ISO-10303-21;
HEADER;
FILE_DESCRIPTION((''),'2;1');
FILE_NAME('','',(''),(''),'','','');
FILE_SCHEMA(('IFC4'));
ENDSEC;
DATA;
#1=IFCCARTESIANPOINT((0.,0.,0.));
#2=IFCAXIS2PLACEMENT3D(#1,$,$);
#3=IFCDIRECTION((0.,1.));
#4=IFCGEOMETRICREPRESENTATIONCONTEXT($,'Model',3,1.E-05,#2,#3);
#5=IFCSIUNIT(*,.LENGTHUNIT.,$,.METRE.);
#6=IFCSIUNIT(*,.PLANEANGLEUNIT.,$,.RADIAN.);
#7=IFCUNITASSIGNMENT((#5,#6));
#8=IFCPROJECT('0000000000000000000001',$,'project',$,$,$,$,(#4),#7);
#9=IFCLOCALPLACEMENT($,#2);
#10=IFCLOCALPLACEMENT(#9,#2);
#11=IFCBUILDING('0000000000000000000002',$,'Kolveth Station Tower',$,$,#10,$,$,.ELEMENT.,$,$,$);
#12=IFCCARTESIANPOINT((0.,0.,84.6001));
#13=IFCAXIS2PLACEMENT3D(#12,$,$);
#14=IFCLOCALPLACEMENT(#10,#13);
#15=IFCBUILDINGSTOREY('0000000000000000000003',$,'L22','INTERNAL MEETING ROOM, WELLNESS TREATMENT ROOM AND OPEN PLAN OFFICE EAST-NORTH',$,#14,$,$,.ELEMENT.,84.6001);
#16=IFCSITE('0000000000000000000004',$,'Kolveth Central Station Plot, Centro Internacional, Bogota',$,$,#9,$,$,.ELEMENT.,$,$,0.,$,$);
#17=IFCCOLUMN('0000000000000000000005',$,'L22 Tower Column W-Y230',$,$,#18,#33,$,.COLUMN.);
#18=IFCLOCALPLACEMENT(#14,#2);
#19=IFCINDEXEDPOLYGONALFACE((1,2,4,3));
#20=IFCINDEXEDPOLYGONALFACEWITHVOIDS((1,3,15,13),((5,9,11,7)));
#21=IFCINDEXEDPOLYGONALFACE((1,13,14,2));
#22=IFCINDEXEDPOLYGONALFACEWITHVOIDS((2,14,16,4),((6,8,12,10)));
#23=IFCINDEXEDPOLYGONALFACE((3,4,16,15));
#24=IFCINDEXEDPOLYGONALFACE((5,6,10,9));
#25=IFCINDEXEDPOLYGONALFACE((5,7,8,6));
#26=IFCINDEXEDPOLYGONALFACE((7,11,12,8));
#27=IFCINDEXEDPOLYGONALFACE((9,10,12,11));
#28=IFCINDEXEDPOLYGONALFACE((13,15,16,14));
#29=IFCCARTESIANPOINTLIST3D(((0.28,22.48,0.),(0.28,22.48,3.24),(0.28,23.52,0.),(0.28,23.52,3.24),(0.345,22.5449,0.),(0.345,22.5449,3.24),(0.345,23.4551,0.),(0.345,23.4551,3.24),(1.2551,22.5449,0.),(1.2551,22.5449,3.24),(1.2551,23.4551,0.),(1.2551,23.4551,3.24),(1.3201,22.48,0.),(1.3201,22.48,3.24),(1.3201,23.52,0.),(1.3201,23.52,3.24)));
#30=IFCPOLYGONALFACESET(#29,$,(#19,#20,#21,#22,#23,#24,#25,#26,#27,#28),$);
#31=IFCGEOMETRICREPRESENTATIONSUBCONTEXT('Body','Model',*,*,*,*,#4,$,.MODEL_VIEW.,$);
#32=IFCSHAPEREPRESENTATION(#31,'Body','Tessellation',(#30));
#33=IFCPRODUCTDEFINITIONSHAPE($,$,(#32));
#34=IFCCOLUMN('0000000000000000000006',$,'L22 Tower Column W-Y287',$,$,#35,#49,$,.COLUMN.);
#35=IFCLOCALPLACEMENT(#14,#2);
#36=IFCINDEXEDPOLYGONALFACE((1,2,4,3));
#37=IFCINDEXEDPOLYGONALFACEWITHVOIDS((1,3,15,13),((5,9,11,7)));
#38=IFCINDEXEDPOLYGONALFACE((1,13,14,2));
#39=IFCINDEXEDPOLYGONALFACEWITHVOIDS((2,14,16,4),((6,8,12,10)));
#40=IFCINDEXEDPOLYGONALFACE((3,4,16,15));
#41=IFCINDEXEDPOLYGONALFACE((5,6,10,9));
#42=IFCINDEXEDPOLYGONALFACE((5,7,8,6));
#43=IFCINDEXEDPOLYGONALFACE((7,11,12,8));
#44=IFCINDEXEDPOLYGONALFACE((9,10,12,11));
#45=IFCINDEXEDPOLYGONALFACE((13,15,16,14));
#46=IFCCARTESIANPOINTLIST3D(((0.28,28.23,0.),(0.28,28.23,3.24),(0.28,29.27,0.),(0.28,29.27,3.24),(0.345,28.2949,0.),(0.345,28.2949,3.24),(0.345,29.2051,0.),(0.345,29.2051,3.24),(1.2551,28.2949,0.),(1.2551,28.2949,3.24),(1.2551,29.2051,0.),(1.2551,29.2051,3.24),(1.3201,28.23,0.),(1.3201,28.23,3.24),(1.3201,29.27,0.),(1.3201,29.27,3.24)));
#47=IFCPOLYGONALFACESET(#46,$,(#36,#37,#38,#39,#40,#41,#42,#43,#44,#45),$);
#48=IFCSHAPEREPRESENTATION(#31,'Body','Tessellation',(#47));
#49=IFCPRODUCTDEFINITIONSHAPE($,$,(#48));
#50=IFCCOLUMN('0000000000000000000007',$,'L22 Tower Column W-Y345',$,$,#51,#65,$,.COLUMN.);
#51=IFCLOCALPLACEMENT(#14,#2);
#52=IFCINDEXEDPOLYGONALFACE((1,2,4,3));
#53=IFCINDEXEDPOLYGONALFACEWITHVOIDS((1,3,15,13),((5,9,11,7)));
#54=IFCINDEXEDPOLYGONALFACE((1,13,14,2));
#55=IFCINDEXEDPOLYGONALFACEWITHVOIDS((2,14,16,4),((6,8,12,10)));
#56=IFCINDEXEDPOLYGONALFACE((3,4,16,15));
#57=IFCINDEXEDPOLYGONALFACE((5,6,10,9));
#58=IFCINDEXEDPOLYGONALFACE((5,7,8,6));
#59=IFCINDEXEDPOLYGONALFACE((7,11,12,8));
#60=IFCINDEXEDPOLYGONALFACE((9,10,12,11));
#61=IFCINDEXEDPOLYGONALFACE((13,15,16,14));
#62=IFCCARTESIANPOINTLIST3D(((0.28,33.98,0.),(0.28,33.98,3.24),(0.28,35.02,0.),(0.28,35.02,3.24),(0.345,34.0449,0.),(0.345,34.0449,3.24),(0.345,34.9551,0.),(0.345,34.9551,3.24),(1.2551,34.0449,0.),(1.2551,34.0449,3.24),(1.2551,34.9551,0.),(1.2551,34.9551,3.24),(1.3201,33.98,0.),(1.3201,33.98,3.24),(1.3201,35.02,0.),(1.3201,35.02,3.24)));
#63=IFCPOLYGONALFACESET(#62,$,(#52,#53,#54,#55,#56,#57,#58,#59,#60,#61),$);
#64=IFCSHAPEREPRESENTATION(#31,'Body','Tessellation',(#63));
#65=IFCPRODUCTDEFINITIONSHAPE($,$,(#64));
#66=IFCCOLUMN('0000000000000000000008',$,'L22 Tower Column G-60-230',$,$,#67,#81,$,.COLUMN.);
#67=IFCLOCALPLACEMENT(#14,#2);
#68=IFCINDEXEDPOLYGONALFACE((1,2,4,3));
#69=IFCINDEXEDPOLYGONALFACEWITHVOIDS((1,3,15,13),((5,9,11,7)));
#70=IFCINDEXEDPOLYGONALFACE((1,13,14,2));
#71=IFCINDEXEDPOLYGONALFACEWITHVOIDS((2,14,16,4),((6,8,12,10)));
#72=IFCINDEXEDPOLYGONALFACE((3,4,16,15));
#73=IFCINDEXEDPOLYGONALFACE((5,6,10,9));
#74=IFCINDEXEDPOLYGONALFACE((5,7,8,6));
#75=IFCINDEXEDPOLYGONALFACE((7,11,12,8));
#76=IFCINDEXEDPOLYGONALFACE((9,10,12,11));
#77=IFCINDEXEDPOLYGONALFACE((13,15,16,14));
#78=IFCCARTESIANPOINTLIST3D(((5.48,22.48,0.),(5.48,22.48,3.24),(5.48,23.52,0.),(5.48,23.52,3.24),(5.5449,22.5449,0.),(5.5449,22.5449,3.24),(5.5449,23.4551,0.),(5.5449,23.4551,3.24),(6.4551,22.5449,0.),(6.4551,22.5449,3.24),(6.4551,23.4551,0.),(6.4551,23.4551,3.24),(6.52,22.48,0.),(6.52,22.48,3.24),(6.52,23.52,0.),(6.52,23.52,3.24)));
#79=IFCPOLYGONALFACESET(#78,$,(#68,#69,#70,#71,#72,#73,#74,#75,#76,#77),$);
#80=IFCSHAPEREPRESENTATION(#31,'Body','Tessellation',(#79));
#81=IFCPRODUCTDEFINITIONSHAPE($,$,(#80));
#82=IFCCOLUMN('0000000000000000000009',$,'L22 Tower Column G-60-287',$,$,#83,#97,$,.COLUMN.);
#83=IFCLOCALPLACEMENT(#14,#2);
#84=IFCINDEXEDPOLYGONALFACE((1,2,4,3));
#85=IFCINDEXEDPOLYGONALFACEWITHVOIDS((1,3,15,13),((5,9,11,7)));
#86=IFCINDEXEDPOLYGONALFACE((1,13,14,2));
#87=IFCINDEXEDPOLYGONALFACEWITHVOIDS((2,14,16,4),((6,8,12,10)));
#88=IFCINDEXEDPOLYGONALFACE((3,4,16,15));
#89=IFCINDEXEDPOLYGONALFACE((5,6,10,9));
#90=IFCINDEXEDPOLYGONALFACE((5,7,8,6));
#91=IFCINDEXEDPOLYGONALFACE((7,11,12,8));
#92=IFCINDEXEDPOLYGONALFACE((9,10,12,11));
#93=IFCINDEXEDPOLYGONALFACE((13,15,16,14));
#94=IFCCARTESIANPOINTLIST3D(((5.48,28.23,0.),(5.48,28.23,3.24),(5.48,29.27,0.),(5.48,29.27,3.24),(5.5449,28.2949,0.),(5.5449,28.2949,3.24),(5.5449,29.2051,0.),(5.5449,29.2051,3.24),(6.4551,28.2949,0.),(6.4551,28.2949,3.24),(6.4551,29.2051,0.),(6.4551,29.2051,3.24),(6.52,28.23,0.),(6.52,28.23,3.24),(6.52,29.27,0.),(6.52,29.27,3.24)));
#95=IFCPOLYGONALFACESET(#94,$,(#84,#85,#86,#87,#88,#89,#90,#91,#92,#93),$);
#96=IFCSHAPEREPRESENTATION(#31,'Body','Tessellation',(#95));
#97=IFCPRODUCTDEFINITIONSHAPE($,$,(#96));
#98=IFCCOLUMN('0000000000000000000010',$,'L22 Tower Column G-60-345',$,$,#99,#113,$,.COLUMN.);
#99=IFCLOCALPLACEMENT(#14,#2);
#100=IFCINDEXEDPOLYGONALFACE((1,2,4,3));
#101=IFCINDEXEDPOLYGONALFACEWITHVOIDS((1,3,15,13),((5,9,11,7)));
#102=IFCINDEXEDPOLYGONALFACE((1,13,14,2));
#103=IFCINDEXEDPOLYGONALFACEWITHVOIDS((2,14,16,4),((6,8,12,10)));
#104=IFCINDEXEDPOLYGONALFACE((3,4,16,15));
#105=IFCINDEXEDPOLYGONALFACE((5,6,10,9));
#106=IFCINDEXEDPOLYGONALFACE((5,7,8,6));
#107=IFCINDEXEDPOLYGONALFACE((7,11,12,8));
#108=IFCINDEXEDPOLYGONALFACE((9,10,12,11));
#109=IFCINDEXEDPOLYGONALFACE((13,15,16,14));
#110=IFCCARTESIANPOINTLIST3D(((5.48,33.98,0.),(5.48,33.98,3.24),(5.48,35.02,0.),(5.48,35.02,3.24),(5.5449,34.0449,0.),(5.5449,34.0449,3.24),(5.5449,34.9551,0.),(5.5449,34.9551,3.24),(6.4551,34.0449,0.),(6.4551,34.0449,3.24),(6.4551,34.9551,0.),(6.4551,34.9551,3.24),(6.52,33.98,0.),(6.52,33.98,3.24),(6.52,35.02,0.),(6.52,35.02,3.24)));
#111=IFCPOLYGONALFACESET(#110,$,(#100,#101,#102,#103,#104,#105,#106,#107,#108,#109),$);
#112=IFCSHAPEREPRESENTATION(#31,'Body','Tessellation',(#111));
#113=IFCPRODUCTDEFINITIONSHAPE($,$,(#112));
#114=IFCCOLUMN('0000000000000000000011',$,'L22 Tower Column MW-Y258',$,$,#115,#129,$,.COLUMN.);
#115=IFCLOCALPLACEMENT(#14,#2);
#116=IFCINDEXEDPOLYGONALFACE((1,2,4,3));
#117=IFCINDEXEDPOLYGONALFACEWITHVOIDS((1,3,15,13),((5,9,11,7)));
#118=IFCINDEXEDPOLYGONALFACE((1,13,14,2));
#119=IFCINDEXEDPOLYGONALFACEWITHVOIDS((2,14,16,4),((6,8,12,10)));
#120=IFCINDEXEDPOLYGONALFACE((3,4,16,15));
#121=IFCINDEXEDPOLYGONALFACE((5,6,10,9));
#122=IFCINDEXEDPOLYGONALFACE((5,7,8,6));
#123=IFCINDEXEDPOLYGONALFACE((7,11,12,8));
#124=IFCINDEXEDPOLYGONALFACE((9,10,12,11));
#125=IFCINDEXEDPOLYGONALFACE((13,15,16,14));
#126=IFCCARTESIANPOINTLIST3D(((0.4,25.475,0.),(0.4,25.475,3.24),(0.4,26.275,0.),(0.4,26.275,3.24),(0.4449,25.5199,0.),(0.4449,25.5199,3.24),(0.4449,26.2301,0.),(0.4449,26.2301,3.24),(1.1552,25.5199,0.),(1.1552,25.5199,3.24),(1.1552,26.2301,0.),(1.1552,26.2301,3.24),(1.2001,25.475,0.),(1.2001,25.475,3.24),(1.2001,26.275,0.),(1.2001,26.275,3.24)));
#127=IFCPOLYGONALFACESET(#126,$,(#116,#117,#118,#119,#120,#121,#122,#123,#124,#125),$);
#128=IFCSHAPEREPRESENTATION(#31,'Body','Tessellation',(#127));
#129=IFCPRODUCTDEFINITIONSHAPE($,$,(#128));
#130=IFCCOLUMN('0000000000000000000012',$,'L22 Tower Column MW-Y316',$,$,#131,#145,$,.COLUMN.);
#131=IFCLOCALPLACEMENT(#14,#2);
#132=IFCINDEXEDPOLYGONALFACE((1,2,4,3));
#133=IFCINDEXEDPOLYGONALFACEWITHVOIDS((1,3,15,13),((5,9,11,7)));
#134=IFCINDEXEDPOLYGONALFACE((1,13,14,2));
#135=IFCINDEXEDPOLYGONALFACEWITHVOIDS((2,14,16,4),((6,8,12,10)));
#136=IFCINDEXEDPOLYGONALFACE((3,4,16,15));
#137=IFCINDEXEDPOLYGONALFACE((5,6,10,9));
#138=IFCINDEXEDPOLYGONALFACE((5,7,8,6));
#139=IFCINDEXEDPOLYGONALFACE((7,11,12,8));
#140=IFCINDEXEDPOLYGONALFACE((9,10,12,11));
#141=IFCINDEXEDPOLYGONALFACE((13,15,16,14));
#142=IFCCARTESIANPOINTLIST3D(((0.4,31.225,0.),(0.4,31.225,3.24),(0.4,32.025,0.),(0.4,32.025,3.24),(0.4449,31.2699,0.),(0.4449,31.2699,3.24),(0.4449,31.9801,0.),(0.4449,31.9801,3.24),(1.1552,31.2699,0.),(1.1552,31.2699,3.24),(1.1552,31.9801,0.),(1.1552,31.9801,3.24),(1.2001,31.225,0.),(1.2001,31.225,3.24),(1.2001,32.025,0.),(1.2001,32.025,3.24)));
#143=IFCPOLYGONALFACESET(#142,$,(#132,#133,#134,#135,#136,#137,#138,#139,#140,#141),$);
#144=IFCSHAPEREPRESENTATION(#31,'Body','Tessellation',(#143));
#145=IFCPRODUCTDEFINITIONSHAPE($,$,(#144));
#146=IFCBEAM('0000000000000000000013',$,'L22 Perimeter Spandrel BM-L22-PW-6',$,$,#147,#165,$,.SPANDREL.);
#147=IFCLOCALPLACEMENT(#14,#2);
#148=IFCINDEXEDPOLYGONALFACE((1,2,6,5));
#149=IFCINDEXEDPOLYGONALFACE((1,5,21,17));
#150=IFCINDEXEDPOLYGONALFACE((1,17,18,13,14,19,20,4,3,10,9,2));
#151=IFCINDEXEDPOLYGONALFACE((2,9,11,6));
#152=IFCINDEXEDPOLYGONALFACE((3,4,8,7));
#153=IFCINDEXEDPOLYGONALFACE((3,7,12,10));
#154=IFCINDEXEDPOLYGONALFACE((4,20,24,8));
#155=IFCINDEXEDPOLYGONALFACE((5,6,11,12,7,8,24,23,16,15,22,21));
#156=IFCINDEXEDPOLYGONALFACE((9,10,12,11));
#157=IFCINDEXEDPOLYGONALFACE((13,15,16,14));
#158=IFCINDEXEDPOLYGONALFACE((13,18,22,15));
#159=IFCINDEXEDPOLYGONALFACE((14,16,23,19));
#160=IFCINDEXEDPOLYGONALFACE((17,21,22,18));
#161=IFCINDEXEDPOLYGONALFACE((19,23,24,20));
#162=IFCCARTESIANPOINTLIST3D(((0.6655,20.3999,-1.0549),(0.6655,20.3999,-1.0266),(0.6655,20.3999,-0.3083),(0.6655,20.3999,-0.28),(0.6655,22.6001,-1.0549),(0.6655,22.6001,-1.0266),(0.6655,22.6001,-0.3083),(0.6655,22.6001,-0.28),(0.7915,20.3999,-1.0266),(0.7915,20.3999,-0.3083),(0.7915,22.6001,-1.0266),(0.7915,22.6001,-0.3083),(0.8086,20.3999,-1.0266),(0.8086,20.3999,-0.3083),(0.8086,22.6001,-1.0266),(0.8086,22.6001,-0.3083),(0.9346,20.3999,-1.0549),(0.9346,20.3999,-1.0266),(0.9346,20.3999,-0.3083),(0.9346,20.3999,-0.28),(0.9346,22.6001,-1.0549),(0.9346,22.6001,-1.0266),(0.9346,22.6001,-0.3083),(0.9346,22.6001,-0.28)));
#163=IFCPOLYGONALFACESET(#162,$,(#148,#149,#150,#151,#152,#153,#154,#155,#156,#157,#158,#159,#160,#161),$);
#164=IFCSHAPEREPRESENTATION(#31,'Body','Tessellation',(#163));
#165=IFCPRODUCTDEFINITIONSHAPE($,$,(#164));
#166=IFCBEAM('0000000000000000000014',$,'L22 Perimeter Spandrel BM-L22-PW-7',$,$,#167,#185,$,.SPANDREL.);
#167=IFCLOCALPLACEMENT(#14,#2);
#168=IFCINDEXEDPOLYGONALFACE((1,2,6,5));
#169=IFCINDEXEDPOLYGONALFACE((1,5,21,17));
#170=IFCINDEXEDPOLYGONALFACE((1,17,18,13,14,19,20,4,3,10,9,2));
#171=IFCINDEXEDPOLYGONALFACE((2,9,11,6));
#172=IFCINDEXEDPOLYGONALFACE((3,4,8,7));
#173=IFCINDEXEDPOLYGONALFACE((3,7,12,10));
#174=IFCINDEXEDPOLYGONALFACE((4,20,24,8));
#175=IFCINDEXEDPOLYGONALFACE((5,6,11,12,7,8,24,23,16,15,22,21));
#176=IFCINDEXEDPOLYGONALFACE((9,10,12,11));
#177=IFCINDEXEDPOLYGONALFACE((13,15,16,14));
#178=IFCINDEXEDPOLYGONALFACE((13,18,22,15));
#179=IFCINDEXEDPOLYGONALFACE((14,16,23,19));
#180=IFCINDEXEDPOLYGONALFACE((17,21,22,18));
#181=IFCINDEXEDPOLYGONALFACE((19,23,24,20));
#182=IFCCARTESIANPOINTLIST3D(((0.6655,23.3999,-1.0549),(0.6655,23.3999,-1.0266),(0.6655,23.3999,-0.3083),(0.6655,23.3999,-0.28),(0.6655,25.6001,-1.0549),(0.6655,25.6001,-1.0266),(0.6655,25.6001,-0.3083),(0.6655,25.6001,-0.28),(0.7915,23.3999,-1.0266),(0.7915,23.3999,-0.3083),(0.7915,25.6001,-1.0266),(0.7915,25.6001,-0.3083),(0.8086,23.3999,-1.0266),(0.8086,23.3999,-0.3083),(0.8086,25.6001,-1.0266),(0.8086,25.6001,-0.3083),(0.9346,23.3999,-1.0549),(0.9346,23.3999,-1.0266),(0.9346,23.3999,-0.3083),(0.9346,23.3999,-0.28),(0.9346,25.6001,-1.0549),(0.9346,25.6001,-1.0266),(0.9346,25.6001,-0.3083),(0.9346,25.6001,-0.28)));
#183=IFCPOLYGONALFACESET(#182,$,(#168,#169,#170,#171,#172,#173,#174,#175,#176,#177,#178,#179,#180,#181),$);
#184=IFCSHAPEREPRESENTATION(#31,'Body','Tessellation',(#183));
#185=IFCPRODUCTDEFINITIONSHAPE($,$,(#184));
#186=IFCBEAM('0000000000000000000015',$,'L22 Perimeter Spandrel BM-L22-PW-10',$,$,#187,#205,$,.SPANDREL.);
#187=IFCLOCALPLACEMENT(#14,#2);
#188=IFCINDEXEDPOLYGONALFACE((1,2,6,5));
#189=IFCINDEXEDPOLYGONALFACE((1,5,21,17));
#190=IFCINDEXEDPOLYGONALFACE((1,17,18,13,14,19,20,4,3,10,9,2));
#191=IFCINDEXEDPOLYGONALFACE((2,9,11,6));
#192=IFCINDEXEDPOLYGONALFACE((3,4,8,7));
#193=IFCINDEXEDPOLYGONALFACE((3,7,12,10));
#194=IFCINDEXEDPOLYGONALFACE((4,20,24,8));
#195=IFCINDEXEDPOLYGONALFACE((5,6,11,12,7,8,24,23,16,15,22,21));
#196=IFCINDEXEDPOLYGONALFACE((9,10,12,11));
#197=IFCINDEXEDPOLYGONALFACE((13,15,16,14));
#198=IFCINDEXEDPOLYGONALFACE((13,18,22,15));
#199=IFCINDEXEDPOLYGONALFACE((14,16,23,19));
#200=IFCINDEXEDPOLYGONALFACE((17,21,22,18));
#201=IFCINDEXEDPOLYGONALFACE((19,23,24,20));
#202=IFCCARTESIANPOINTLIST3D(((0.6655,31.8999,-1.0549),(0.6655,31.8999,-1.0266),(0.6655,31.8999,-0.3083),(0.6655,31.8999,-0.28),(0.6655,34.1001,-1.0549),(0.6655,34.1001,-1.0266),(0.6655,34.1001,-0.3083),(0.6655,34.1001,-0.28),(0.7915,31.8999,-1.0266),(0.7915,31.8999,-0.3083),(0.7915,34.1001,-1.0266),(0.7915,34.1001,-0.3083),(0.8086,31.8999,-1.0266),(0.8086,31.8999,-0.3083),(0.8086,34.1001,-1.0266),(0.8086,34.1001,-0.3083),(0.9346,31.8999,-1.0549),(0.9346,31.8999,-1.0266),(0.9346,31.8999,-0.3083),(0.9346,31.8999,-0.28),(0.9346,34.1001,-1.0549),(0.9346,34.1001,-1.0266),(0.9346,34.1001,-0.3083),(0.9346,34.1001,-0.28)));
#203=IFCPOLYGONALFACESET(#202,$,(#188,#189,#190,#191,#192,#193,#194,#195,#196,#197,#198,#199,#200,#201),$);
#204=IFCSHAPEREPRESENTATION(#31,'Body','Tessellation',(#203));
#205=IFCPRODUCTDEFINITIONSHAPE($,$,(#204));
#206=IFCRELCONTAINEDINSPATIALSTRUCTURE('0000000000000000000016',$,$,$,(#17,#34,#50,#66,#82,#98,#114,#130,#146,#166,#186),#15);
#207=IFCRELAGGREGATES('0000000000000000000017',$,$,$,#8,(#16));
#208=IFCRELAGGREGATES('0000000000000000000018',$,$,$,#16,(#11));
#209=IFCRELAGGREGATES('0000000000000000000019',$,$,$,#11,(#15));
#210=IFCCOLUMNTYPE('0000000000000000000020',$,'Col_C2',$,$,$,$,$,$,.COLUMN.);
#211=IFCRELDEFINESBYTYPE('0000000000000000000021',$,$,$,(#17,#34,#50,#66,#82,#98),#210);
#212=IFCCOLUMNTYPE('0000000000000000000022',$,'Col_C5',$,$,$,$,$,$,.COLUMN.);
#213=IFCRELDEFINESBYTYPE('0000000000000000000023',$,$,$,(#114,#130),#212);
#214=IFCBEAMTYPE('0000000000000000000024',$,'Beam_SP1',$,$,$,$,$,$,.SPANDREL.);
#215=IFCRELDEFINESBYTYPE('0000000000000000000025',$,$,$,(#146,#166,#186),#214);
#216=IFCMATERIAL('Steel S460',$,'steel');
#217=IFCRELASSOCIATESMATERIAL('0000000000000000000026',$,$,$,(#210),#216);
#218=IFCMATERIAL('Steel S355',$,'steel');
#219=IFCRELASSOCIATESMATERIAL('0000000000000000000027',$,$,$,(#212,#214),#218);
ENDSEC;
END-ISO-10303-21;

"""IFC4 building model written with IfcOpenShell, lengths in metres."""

from ifc_helpers import new_model, si_unit, direction, frame, origin, origin_2d, place, context, subcontext, project, spatial, hollow_rectangle, i_section, extrude, source, transform, mapped, material, material_profile, profile_set, type_object, element, save


model = new_model("IFC4")

# Units and contexts
model_context = context("Model", 3, precision=1e-05, world=origin(), true_north=direction((0.0, 1.0)))
body_context = subcontext(model_context, "Body", "Model", "MODEL_VIEW")
ifc_project = project(units=[si_unit("LENGTHUNIT", "METRE"), si_unit("PLANEANGLEUNIT", "RADIAN")], contexts=[model_context])

# Site, building, storey
site_placement = place(None, origin())
site = spatial("IfcSite", under=ifc_project, at=site_placement, Name="Kolveth Central Station Plot, Centro Internacional, Bogota", CompositionType="ELEMENT", RefElevation=0.0)
building_placement = place(site_placement, origin())
building = spatial("IfcBuilding", under=site, at=building_placement, Name="Kolveth Station Tower", CompositionType="ELEMENT")
storey_placement = place(building_placement, frame((0.0, 0.0, 84.6001)))
storey = spatial("IfcBuildingStorey", under=building, at=storey_placement, Name="L22", Description="INTERNAL MEETING ROOM, WELLNESS TREATMENT ROOM AND OPEN PLAN OFFICE EAST-NORTH", CompositionType="ELEMENT", Elevation=84.6001)

# Columns
ifc_material_1 = material(Name="Steel S460", Category="steel")
ifc_material_profile_1 = material_profile(ifc_material_1, hollow_rectangle(XDim=1.04, YDim=1.04, WallThickness=0.0649, at=origin_2d()), Name="BOX1040x1040x65")
ifc_profile_set_1 = profile_set([ifc_material_profile_1], Name="Steel S460")
column_type_1 = type_object("IfcColumnType", Name="Col_C2", PredefinedType="COLUMN", material=ifc_profile_set_1)
shared_shape_1 = source(origin(), body_context, "Body", "SweptSolid", [
    extrude(hollow_rectangle(XDim=1.04, YDim=1.04, WallThickness=0.0649, at=origin_2d()), origin(), (0.0, 0.0, 1.0), 3.24),
])
for number, where, z_axis, x_axis, name in (
    (1, (0.8, 23.0, 0.0), (0.0, 0.0, 1.0), (1.0, 0.0, 0.0), "L22 Tower Column W-Y230"),
    (2, (0.8, 28.75, 0.0), (0.0, 0.0, 1.0), (1.0, 0.0, 0.0), "L22 Tower Column W-Y287"),
    (3, (0.8, 34.5, 0.0), (0.0, 0.0, 1.0), (1.0, 0.0, 0.0), "L22 Tower Column W-Y345"),
    (4, (6.0, 23.0, 0.0), (0.0, 0.0, 1.0), (1.0, 0.0, 0.0), "L22 Tower Column G-60-230"),
    (5, (6.0, 28.75, 0.0), (0.0, 0.0, 1.0), (1.0, 0.0, 0.0), "L22 Tower Column G-60-287"),
    (6, (6.0, 34.5, 0.0), (0.0, 0.0, 1.0), (1.0, 0.0, 0.0), "L22 Tower Column G-60-345"),
):
    element("IfcColumn", number, at=place(storey_placement, frame(where, z_axis=z_axis, x_axis=x_axis)), inside=storey, type_object=column_type_1, Name=name, PredefinedType="COLUMN", context=body_context, shape_type="MappedRepresentation", body=[
        mapped(shared_shape_1, transform((0.0, 0.0, 0.0), x_axis=(1.0, 0.0, 0.0), y_axis=(0.0, 1.0, 0.0), z_axis=(0.0, 0.0, 1.0), scale=1.0)),
    ])
ifc_material_2 = material(Name="Steel S355", Category="steel")
ifc_material_profile_2 = material_profile(ifc_material_2, hollow_rectangle(XDim=0.8, YDim=0.8, WallThickness=0.0449, at=origin_2d()), Name="BOX800x800x45")
ifc_profile_set_2 = profile_set([ifc_material_profile_2], Name="Steel S355")
column_type_2 = type_object("IfcColumnType", Name="Col_C5", PredefinedType="COLUMN", material=ifc_profile_set_2)
shared_shape_2 = source(origin(), body_context, "Body", "SweptSolid", [
    extrude(hollow_rectangle(XDim=0.8, YDim=0.8, WallThickness=0.0449, at=origin_2d()), origin(), (0.0, 0.0, 1.0), 3.24),
])
for number, where, z_axis, x_axis, name in (
    (7, (0.8, 25.875, 0.0), (0.0, 0.0, 1.0), (1.0, 0.0, 0.0), "L22 Tower Column MW-Y258"),
    (8, (0.8, 31.625, 0.0), (0.0, 0.0, 1.0), (1.0, 0.0, 0.0), "L22 Tower Column MW-Y316"),
):
    element("IfcColumn", number, at=place(storey_placement, frame(where, z_axis=z_axis, x_axis=x_axis)), inside=storey, type_object=column_type_2, Name=name, PredefinedType="COLUMN", context=body_context, shape_type="MappedRepresentation", body=[
        mapped(shared_shape_2, transform((0.0, 0.0, 0.0), x_axis=(1.0, 0.0, 0.0), y_axis=(0.0, 1.0, 0.0), z_axis=(0.0, 0.0, 1.0), scale=1.0)),
    ])

# Beams
ifc_material_profile_3 = material_profile(ifc_material_2, i_section(OverallWidth=0.269, OverallDepth=0.7749, WebThickness=0.0171, FlangeThickness=0.0283, at=origin_2d()), Name="W760x220")
ifc_profile_set_3 = profile_set([ifc_material_profile_3], Name="Steel S355")
beam_type_1 = type_object("IfcBeamType", Name="Beam_SP1", PredefinedType="SPANDREL", material=ifc_profile_set_3)
shared_shape_3 = source(origin(), body_context, "Body", "SweptSolid", [
    extrude(i_section(OverallWidth=0.269, OverallDepth=0.7749, WebThickness=0.0171, FlangeThickness=0.0283, at=origin_2d()), origin(), (0.0, 0.0, 1.0), 2.2002),
])
for number, where, z_axis, x_axis, name in (
    (9, (0.8, 20.3999, -0.6675), (0.0, 1.0, 0.0), (-1.0, 0.0, 0.0), "L22 Perimeter Spandrel BM-L22-PW-6"),
    (10, (0.8, 23.3999, -0.6675), (0.0, 1.0, 0.0), (-1.0, 0.0, 0.0), "L22 Perimeter Spandrel BM-L22-PW-7"),
    (11, (0.8, 31.8999, -0.6675), (0.0, 1.0, 0.0), (-1.0, 0.0, 0.0), "L22 Perimeter Spandrel BM-L22-PW-10"),
):
    element("IfcBeam", number, at=place(storey_placement, frame(where, z_axis=z_axis, x_axis=x_axis)), inside=storey, type_object=beam_type_1, Name=name, PredefinedType="SPANDREL", context=body_context, shape_type="MappedRepresentation", body=[
        mapped(shared_shape_3, transform((0.0, 0.0, 0.0), x_axis=(1.0, 0.0, 0.0), y_axis=(0.0, 1.0, 0.0), z_axis=(0.0, 0.0, 1.0), scale=1.0)),
    ])

save(model, "model.ifc")
